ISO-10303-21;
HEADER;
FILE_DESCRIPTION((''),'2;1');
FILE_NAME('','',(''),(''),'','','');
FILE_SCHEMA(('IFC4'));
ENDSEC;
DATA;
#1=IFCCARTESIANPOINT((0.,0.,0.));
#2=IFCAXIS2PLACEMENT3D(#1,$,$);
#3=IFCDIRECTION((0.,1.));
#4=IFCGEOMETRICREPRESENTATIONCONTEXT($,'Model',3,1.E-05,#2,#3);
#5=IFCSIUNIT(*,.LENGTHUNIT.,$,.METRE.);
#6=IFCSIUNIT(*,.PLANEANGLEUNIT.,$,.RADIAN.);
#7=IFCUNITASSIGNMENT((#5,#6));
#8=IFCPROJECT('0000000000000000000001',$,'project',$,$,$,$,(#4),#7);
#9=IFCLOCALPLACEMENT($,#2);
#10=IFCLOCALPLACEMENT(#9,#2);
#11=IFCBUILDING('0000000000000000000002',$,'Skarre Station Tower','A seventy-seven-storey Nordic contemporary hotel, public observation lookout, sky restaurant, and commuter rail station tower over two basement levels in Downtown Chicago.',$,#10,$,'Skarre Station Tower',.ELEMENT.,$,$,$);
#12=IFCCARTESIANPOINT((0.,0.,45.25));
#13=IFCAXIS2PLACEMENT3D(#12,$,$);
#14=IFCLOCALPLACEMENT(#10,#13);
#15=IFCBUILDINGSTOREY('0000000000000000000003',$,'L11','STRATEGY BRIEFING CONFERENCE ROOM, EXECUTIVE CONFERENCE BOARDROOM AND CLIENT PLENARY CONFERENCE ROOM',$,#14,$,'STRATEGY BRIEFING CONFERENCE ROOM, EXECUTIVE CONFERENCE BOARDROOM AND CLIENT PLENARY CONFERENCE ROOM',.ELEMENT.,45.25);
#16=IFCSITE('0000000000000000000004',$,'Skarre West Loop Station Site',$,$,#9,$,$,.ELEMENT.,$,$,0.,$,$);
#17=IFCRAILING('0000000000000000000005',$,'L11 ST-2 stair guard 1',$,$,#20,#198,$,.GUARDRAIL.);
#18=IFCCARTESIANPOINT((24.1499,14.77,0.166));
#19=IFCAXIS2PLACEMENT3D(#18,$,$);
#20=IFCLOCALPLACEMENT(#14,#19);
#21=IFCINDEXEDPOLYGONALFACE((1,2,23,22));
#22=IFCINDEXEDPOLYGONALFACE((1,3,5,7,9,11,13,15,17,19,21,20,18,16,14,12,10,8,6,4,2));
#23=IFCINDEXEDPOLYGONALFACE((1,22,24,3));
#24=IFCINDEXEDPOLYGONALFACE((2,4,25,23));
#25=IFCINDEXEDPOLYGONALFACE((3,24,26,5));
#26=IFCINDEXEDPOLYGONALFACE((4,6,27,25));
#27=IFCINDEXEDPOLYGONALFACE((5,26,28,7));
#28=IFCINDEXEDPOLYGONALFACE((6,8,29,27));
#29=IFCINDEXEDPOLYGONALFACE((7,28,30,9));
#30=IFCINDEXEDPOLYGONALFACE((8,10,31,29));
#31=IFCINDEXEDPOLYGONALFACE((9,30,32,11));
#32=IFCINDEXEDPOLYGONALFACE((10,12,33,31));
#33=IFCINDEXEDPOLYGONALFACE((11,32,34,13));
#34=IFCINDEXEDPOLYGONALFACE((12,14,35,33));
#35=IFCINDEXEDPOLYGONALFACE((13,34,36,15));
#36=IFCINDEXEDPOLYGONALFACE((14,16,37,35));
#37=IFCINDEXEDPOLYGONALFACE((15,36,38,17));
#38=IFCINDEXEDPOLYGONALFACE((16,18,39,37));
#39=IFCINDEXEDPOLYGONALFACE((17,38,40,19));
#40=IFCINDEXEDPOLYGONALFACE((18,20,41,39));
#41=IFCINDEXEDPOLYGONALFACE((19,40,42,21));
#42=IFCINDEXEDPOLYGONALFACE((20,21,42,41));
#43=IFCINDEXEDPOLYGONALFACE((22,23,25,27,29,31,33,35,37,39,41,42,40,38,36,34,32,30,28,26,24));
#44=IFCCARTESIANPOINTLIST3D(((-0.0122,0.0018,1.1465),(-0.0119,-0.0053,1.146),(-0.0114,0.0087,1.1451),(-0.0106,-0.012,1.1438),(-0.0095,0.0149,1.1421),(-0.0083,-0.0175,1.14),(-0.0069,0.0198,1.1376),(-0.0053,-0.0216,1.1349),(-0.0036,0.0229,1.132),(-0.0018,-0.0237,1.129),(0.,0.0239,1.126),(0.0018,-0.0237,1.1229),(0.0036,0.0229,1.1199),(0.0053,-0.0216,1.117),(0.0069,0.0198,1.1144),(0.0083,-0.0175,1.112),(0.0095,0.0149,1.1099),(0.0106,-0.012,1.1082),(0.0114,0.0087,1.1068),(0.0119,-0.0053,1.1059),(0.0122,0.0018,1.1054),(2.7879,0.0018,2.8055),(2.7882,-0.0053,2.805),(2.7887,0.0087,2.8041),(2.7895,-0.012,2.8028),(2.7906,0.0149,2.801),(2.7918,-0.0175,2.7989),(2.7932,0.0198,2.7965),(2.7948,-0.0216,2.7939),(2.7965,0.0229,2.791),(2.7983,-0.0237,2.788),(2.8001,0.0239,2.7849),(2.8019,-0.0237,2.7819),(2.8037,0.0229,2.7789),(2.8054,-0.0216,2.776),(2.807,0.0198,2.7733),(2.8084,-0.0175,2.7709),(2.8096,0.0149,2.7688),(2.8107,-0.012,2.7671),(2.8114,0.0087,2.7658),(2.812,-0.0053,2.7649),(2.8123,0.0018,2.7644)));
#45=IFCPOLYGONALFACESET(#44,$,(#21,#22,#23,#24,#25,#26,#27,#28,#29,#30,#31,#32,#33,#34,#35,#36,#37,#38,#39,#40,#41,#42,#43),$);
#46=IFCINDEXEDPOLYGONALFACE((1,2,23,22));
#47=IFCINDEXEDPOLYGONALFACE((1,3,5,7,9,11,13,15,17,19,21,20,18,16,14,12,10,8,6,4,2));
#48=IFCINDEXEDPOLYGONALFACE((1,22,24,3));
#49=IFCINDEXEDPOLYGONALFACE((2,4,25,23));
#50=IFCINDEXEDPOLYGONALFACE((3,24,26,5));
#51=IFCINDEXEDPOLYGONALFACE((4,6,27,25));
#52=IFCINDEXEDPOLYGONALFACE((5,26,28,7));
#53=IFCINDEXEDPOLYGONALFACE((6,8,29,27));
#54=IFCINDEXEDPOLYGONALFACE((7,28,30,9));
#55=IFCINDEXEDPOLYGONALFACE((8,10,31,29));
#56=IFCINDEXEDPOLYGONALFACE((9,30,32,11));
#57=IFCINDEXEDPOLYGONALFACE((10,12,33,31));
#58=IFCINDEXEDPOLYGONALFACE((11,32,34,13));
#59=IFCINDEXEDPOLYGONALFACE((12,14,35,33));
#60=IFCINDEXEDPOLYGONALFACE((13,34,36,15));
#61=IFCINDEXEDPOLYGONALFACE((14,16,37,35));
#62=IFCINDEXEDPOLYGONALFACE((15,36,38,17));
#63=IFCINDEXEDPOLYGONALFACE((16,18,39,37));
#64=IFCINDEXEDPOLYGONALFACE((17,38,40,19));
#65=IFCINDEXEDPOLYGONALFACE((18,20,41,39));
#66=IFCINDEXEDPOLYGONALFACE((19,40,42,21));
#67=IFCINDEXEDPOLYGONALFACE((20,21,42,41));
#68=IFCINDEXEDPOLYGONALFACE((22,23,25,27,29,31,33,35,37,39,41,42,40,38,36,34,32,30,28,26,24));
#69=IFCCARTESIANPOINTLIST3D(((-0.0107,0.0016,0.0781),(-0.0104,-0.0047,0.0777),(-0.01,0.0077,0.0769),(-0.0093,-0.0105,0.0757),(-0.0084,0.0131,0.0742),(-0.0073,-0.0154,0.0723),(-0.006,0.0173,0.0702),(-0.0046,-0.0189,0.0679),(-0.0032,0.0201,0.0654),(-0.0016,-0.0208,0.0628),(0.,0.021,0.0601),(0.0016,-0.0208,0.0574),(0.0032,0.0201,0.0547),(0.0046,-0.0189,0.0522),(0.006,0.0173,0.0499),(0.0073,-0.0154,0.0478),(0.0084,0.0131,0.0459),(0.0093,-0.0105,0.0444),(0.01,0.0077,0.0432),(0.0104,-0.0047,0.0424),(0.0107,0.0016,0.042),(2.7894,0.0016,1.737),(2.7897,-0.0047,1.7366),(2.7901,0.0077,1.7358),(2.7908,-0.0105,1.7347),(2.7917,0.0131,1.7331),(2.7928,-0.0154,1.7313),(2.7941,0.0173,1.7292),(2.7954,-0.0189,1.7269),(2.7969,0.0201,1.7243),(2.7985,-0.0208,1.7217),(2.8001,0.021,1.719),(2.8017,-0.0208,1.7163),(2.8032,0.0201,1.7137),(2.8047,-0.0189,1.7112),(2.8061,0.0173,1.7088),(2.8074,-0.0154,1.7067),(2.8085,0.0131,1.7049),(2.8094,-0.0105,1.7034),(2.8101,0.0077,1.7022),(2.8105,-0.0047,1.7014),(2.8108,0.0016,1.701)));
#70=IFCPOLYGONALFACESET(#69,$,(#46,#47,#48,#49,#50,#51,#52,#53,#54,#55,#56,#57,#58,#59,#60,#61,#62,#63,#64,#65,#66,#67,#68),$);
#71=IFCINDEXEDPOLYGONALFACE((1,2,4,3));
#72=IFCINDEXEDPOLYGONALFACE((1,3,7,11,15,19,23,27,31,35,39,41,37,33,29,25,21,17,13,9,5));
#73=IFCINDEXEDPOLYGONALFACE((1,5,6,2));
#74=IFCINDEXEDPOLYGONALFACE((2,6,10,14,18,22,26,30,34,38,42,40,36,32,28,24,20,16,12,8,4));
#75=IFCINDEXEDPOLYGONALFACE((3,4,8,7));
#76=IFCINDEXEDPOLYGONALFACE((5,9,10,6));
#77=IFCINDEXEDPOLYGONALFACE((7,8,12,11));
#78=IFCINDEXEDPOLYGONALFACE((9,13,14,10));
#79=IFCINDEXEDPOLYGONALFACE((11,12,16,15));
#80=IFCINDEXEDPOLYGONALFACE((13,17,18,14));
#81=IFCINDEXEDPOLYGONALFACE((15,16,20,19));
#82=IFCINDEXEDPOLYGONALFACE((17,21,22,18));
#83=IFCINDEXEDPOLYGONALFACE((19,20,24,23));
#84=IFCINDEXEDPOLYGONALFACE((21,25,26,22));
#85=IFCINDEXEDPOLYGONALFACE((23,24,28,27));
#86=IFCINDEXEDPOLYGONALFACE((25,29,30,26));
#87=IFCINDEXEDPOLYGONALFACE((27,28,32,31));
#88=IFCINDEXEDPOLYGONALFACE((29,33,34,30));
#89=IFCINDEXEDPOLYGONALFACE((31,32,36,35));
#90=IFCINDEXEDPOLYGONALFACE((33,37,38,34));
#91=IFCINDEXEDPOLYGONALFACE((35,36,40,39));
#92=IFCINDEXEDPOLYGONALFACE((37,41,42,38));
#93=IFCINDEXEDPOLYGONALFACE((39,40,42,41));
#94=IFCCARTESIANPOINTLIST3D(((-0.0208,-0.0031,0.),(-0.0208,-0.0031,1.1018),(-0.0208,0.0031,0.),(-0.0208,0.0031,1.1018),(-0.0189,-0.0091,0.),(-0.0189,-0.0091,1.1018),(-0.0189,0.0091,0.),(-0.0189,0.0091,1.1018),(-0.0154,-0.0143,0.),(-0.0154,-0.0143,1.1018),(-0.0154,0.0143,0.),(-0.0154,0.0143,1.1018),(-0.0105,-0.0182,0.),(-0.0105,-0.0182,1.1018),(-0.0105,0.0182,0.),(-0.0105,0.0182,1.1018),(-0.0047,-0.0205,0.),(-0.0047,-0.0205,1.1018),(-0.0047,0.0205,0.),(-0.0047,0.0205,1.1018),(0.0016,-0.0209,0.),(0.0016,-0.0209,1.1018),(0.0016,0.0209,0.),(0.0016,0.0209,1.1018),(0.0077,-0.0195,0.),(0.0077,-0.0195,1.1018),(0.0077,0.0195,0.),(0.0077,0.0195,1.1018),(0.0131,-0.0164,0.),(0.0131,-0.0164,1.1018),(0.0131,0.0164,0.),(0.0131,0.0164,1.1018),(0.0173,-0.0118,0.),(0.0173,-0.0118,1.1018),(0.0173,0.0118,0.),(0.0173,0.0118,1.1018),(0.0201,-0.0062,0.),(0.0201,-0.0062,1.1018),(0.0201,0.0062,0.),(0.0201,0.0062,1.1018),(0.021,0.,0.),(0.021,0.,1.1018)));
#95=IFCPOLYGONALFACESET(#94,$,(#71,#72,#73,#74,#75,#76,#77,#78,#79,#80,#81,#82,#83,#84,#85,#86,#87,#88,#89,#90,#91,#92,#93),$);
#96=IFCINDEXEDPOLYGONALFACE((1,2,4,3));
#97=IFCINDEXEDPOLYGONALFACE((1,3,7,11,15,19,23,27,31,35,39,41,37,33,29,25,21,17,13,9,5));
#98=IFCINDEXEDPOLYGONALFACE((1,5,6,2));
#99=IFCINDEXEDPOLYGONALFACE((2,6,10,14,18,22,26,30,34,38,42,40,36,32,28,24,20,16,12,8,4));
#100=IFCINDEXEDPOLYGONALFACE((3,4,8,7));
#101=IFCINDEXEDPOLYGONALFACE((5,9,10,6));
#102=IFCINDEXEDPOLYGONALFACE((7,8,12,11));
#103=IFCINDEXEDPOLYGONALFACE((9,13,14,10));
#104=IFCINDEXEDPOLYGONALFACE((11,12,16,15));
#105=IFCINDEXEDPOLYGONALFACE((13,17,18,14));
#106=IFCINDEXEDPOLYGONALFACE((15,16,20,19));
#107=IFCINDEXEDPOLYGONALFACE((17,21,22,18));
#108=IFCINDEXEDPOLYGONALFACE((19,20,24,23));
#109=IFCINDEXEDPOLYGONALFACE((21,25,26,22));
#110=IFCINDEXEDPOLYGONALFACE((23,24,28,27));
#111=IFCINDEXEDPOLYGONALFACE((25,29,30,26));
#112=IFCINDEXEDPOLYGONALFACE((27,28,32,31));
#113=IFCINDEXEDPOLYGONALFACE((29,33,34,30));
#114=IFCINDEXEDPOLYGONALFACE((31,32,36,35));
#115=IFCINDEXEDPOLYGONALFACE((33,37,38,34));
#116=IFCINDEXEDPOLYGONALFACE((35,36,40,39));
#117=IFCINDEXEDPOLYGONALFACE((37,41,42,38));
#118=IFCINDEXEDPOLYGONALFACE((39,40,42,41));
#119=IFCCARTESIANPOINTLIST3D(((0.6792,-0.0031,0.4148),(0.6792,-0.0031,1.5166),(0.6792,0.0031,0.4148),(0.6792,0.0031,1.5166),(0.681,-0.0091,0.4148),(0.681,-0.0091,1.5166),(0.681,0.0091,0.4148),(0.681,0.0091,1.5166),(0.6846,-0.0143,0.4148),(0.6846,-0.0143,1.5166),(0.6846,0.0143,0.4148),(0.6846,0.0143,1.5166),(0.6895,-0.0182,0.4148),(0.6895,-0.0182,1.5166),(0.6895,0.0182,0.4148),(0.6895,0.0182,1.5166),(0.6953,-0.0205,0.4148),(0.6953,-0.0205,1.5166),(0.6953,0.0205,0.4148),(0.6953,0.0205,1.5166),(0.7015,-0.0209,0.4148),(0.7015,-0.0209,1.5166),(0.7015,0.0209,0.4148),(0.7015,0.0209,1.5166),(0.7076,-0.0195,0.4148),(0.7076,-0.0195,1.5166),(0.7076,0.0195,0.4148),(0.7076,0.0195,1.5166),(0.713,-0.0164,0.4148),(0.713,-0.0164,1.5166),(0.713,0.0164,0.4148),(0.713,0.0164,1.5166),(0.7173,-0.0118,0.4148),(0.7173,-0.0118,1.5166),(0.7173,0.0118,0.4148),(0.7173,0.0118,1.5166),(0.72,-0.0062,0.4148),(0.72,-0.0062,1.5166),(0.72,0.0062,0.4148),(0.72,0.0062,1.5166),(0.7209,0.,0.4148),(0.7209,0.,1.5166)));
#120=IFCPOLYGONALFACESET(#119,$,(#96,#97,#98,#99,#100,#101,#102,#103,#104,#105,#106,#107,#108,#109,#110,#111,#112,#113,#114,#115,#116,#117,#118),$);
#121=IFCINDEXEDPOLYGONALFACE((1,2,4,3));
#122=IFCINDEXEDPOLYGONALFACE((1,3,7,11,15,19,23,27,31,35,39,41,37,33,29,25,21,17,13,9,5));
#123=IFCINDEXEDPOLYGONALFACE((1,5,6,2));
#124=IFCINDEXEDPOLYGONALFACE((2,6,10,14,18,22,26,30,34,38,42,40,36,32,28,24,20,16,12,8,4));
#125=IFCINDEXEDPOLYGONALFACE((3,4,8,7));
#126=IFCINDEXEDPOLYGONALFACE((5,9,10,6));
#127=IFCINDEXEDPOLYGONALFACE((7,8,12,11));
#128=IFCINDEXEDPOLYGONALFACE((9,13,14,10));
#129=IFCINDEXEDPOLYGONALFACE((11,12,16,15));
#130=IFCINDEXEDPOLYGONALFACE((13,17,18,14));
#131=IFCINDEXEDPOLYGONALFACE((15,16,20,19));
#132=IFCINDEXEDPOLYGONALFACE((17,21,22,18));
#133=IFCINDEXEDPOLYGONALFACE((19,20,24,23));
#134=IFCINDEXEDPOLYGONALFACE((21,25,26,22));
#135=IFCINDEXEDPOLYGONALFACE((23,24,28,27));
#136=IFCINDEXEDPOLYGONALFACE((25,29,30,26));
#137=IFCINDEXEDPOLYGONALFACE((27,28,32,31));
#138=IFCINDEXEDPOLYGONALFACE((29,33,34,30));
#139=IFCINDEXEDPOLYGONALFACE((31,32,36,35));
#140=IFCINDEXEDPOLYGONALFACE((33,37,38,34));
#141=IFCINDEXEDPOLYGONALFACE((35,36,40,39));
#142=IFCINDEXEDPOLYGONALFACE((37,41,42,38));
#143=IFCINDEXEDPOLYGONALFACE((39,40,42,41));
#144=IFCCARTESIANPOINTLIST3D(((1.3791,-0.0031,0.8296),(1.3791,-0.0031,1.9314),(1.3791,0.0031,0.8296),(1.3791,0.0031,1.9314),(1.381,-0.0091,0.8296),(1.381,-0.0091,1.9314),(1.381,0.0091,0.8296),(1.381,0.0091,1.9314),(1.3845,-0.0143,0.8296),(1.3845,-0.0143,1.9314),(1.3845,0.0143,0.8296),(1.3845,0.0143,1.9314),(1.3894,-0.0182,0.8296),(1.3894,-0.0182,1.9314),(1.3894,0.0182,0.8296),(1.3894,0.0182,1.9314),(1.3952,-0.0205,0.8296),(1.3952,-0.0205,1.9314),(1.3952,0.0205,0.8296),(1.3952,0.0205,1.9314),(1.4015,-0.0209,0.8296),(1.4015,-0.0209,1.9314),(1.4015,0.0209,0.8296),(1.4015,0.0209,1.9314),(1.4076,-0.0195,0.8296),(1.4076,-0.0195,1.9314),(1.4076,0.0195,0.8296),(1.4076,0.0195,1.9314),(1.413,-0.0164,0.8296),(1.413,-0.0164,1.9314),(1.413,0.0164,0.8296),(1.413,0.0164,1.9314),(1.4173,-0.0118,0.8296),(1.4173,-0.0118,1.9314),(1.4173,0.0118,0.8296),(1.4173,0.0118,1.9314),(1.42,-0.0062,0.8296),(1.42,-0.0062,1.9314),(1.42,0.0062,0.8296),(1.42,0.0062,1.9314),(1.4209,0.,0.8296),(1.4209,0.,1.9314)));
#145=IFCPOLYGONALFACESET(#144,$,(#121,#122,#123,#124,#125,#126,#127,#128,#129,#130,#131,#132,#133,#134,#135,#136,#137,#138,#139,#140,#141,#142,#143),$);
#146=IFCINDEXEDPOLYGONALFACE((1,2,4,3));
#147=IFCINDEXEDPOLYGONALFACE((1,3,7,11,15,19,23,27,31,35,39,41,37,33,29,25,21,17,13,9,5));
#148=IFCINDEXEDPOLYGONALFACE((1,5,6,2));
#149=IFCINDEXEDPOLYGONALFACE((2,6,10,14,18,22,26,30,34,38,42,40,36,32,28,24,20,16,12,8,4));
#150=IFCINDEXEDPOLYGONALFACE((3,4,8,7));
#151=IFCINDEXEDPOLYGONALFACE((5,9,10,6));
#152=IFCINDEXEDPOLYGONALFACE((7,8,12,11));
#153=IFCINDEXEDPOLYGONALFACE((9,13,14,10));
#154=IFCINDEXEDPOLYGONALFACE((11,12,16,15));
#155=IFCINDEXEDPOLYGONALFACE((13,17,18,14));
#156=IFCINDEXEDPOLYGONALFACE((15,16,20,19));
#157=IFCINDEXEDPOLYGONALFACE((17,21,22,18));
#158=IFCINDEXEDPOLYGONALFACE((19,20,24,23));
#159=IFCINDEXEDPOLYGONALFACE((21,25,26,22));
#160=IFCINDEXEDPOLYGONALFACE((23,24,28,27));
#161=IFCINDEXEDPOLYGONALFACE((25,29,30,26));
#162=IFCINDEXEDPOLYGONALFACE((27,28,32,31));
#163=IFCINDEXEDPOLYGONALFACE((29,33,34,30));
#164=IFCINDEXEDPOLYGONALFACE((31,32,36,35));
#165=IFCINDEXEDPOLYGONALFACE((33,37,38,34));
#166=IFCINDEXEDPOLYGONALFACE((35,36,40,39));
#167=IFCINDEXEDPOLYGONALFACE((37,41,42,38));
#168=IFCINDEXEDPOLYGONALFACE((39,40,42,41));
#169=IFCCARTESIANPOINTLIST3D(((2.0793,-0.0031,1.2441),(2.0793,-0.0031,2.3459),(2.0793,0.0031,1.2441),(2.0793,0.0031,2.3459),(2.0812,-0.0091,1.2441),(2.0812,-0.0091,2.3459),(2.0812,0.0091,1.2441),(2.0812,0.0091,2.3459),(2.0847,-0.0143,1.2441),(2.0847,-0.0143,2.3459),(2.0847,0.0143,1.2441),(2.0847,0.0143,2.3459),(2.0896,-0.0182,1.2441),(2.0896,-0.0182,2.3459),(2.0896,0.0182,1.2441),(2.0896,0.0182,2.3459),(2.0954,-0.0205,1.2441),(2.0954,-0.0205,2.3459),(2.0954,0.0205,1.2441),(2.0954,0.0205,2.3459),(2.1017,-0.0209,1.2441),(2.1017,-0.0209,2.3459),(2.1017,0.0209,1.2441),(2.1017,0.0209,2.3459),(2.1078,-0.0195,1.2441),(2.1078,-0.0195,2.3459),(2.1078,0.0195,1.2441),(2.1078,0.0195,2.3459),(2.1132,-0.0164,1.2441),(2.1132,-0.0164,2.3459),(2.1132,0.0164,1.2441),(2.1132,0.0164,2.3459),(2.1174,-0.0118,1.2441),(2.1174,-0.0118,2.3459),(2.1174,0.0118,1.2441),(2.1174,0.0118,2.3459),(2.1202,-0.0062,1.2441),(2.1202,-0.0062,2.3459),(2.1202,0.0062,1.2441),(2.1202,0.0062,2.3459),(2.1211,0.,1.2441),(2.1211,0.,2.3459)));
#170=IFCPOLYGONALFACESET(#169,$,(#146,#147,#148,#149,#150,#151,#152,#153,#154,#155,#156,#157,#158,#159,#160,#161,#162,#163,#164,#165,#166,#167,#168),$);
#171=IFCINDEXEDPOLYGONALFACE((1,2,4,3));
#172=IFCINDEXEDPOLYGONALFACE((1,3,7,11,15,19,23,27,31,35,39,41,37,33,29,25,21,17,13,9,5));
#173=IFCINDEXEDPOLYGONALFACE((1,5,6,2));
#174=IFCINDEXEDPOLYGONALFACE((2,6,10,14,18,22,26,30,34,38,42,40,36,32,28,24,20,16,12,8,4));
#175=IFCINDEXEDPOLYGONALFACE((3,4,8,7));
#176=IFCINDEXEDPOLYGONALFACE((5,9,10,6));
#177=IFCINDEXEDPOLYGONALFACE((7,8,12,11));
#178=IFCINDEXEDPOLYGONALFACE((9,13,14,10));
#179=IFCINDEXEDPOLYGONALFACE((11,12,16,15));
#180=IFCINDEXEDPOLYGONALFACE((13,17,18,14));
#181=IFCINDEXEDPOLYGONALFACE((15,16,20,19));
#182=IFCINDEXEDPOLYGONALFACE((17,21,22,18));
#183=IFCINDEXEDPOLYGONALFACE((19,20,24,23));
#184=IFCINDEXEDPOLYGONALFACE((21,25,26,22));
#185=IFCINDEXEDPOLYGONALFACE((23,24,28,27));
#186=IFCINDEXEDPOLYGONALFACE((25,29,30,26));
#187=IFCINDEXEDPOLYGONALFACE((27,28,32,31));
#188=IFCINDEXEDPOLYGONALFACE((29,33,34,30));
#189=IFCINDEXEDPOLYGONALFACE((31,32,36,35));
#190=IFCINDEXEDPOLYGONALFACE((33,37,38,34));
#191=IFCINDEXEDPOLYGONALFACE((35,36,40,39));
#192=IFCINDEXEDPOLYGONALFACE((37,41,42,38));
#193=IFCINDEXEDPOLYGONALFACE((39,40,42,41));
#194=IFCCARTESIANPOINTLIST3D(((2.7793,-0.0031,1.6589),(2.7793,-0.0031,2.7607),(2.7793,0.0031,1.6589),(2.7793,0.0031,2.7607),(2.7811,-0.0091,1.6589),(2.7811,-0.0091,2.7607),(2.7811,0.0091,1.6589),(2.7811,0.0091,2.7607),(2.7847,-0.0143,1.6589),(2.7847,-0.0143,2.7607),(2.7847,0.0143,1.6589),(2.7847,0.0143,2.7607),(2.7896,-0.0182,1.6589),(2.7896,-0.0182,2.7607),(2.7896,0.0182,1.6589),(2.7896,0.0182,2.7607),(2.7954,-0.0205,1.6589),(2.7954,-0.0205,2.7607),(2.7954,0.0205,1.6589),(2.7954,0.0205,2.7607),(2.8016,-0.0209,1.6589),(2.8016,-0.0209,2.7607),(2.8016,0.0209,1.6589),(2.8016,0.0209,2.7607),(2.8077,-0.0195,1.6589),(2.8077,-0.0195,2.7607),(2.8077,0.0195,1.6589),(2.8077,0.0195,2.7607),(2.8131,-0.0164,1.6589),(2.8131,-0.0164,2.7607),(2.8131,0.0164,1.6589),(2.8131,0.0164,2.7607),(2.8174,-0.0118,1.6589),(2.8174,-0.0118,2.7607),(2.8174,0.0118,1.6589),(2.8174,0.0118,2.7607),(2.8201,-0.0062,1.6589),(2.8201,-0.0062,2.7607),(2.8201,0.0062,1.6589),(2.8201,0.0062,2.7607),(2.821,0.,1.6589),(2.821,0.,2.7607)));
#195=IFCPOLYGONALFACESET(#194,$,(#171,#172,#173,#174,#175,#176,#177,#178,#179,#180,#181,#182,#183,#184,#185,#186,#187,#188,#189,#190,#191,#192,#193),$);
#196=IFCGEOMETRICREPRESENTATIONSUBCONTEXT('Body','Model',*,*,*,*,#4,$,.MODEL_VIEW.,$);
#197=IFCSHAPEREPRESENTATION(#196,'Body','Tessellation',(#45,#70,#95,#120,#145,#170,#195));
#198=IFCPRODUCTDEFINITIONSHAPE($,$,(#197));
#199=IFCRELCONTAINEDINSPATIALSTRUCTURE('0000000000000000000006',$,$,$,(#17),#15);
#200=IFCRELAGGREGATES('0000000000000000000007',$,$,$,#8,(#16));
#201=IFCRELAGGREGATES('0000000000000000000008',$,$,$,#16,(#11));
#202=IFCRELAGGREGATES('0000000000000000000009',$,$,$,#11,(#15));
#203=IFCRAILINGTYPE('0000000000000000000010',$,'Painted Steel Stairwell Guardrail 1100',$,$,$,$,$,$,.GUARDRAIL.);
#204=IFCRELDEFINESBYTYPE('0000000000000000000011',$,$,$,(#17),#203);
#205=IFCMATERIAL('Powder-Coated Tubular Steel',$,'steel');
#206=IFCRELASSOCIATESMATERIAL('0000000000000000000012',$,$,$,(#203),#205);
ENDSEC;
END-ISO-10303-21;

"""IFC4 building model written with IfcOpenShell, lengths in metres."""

from ifc_helpers import new_model, si_unit, direction, frame, origin, origin_2d, place, context, subcontext, project, spatial, circle, extrude, material, type_object, element, save


model = new_model("IFC4")

# Units and contexts
model_context = context("Model", 3, precision=1e-05, world=origin(), true_north=direction((0.0, 1.0)))
body_context = subcontext(model_context, "Body", "Model", "MODEL_VIEW")
ifc_project = project(units=[si_unit("LENGTHUNIT", "METRE"), si_unit("PLANEANGLEUNIT", "RADIAN")], contexts=[model_context])

# Site, building, storey
site_placement = place(None, origin())
site = spatial("IfcSite", under=ifc_project, at=site_placement, Name="Skarre West Loop Station Site", CompositionType="ELEMENT", RefElevation=0.0)
building_placement = place(site_placement, origin())
building = spatial("IfcBuilding", under=site, at=building_placement, Name="Skarre Station Tower", Description="A seventy-seven-storey Nordic contemporary hotel, public observation lookout, sky restaurant, and commuter rail station tower over two basement levels in Downtown Chicago.", LongName="Skarre Station Tower", CompositionType="ELEMENT")
storey_placement = place(building_placement, frame((0.0, 0.0, 45.25)))
storey = spatial("IfcBuildingStorey", under=building, at=storey_placement, Name="L11", Description="STRATEGY BRIEFING CONFERENCE ROOM, EXECUTIVE CONFERENCE BOARDROOM AND CLIENT PLENARY CONFERENCE ROOM", LongName="STRATEGY BRIEFING CONFERENCE ROOM, EXECUTIVE CONFERENCE BOARDROOM AND CLIENT PLENARY CONFERENCE ROOM", CompositionType="ELEMENT", Elevation=45.25)

# Railing
ifc_material_1 = material(Name="Powder-Coated Tubular Steel", Category="steel")
railing_type_1 = type_object("IfcRailingType", Name="Painted Steel Stairwell Guardrail 1100", PredefinedType="GUARDRAIL", material=ifc_material_1)
railing_1_placement = place(storey_placement, frame((24.1499, 14.77, 0.166)))
element("IfcRailing", 1, at=railing_1_placement, inside=storey, type_object=railing_type_1, Name="L11 ST-2 stair guard 1", PredefinedType="GUARDRAIL", context=body_context, shape_type="SweptSolid", body=[
    extrude(circle(Radius=0.0239, at=origin_2d()), frame((0.0, 0.0, 1.126), z_axis=(0.860339, 0.0, 0.509722), x_axis=(0.0, 1.0, 0.0)), (0.0, 0.0, 1.0), 3.2546),
    extrude(circle(Radius=0.021, at=origin_2d()), frame((0.0, 0.0, 0.0601), z_axis=(0.860339, 0.0, 0.509722), x_axis=(0.0, 1.0, 0.0)), (0.0, 0.0, 1.0), 3.2546),
    extrude(circle(Radius=0.021, at=origin_2d()), origin(), (0.0, 0.0, 1.0), 1.1018),
    extrude(circle(Radius=0.021, at=origin_2d()), frame((0.7, 0.0, 0.4148)), (0.0, 0.0, 1.0), 1.1018),
    extrude(circle(Radius=0.021, at=origin_2d()), frame((1.3999, 0.0, 0.8296)), (0.0, 0.0, 1.0), 1.1018),
    extrude(circle(Radius=0.021, at=origin_2d()), frame((2.1001, 0.0, 1.2441)), (0.0, 0.0, 1.0), 1.1018),
    extrude(circle(Radius=0.021, at=origin_2d()), frame((2.8, 0.0, 1.6589)), (0.0, 0.0, 1.0), 1.1018),
])

save(model, "model.ifc")
